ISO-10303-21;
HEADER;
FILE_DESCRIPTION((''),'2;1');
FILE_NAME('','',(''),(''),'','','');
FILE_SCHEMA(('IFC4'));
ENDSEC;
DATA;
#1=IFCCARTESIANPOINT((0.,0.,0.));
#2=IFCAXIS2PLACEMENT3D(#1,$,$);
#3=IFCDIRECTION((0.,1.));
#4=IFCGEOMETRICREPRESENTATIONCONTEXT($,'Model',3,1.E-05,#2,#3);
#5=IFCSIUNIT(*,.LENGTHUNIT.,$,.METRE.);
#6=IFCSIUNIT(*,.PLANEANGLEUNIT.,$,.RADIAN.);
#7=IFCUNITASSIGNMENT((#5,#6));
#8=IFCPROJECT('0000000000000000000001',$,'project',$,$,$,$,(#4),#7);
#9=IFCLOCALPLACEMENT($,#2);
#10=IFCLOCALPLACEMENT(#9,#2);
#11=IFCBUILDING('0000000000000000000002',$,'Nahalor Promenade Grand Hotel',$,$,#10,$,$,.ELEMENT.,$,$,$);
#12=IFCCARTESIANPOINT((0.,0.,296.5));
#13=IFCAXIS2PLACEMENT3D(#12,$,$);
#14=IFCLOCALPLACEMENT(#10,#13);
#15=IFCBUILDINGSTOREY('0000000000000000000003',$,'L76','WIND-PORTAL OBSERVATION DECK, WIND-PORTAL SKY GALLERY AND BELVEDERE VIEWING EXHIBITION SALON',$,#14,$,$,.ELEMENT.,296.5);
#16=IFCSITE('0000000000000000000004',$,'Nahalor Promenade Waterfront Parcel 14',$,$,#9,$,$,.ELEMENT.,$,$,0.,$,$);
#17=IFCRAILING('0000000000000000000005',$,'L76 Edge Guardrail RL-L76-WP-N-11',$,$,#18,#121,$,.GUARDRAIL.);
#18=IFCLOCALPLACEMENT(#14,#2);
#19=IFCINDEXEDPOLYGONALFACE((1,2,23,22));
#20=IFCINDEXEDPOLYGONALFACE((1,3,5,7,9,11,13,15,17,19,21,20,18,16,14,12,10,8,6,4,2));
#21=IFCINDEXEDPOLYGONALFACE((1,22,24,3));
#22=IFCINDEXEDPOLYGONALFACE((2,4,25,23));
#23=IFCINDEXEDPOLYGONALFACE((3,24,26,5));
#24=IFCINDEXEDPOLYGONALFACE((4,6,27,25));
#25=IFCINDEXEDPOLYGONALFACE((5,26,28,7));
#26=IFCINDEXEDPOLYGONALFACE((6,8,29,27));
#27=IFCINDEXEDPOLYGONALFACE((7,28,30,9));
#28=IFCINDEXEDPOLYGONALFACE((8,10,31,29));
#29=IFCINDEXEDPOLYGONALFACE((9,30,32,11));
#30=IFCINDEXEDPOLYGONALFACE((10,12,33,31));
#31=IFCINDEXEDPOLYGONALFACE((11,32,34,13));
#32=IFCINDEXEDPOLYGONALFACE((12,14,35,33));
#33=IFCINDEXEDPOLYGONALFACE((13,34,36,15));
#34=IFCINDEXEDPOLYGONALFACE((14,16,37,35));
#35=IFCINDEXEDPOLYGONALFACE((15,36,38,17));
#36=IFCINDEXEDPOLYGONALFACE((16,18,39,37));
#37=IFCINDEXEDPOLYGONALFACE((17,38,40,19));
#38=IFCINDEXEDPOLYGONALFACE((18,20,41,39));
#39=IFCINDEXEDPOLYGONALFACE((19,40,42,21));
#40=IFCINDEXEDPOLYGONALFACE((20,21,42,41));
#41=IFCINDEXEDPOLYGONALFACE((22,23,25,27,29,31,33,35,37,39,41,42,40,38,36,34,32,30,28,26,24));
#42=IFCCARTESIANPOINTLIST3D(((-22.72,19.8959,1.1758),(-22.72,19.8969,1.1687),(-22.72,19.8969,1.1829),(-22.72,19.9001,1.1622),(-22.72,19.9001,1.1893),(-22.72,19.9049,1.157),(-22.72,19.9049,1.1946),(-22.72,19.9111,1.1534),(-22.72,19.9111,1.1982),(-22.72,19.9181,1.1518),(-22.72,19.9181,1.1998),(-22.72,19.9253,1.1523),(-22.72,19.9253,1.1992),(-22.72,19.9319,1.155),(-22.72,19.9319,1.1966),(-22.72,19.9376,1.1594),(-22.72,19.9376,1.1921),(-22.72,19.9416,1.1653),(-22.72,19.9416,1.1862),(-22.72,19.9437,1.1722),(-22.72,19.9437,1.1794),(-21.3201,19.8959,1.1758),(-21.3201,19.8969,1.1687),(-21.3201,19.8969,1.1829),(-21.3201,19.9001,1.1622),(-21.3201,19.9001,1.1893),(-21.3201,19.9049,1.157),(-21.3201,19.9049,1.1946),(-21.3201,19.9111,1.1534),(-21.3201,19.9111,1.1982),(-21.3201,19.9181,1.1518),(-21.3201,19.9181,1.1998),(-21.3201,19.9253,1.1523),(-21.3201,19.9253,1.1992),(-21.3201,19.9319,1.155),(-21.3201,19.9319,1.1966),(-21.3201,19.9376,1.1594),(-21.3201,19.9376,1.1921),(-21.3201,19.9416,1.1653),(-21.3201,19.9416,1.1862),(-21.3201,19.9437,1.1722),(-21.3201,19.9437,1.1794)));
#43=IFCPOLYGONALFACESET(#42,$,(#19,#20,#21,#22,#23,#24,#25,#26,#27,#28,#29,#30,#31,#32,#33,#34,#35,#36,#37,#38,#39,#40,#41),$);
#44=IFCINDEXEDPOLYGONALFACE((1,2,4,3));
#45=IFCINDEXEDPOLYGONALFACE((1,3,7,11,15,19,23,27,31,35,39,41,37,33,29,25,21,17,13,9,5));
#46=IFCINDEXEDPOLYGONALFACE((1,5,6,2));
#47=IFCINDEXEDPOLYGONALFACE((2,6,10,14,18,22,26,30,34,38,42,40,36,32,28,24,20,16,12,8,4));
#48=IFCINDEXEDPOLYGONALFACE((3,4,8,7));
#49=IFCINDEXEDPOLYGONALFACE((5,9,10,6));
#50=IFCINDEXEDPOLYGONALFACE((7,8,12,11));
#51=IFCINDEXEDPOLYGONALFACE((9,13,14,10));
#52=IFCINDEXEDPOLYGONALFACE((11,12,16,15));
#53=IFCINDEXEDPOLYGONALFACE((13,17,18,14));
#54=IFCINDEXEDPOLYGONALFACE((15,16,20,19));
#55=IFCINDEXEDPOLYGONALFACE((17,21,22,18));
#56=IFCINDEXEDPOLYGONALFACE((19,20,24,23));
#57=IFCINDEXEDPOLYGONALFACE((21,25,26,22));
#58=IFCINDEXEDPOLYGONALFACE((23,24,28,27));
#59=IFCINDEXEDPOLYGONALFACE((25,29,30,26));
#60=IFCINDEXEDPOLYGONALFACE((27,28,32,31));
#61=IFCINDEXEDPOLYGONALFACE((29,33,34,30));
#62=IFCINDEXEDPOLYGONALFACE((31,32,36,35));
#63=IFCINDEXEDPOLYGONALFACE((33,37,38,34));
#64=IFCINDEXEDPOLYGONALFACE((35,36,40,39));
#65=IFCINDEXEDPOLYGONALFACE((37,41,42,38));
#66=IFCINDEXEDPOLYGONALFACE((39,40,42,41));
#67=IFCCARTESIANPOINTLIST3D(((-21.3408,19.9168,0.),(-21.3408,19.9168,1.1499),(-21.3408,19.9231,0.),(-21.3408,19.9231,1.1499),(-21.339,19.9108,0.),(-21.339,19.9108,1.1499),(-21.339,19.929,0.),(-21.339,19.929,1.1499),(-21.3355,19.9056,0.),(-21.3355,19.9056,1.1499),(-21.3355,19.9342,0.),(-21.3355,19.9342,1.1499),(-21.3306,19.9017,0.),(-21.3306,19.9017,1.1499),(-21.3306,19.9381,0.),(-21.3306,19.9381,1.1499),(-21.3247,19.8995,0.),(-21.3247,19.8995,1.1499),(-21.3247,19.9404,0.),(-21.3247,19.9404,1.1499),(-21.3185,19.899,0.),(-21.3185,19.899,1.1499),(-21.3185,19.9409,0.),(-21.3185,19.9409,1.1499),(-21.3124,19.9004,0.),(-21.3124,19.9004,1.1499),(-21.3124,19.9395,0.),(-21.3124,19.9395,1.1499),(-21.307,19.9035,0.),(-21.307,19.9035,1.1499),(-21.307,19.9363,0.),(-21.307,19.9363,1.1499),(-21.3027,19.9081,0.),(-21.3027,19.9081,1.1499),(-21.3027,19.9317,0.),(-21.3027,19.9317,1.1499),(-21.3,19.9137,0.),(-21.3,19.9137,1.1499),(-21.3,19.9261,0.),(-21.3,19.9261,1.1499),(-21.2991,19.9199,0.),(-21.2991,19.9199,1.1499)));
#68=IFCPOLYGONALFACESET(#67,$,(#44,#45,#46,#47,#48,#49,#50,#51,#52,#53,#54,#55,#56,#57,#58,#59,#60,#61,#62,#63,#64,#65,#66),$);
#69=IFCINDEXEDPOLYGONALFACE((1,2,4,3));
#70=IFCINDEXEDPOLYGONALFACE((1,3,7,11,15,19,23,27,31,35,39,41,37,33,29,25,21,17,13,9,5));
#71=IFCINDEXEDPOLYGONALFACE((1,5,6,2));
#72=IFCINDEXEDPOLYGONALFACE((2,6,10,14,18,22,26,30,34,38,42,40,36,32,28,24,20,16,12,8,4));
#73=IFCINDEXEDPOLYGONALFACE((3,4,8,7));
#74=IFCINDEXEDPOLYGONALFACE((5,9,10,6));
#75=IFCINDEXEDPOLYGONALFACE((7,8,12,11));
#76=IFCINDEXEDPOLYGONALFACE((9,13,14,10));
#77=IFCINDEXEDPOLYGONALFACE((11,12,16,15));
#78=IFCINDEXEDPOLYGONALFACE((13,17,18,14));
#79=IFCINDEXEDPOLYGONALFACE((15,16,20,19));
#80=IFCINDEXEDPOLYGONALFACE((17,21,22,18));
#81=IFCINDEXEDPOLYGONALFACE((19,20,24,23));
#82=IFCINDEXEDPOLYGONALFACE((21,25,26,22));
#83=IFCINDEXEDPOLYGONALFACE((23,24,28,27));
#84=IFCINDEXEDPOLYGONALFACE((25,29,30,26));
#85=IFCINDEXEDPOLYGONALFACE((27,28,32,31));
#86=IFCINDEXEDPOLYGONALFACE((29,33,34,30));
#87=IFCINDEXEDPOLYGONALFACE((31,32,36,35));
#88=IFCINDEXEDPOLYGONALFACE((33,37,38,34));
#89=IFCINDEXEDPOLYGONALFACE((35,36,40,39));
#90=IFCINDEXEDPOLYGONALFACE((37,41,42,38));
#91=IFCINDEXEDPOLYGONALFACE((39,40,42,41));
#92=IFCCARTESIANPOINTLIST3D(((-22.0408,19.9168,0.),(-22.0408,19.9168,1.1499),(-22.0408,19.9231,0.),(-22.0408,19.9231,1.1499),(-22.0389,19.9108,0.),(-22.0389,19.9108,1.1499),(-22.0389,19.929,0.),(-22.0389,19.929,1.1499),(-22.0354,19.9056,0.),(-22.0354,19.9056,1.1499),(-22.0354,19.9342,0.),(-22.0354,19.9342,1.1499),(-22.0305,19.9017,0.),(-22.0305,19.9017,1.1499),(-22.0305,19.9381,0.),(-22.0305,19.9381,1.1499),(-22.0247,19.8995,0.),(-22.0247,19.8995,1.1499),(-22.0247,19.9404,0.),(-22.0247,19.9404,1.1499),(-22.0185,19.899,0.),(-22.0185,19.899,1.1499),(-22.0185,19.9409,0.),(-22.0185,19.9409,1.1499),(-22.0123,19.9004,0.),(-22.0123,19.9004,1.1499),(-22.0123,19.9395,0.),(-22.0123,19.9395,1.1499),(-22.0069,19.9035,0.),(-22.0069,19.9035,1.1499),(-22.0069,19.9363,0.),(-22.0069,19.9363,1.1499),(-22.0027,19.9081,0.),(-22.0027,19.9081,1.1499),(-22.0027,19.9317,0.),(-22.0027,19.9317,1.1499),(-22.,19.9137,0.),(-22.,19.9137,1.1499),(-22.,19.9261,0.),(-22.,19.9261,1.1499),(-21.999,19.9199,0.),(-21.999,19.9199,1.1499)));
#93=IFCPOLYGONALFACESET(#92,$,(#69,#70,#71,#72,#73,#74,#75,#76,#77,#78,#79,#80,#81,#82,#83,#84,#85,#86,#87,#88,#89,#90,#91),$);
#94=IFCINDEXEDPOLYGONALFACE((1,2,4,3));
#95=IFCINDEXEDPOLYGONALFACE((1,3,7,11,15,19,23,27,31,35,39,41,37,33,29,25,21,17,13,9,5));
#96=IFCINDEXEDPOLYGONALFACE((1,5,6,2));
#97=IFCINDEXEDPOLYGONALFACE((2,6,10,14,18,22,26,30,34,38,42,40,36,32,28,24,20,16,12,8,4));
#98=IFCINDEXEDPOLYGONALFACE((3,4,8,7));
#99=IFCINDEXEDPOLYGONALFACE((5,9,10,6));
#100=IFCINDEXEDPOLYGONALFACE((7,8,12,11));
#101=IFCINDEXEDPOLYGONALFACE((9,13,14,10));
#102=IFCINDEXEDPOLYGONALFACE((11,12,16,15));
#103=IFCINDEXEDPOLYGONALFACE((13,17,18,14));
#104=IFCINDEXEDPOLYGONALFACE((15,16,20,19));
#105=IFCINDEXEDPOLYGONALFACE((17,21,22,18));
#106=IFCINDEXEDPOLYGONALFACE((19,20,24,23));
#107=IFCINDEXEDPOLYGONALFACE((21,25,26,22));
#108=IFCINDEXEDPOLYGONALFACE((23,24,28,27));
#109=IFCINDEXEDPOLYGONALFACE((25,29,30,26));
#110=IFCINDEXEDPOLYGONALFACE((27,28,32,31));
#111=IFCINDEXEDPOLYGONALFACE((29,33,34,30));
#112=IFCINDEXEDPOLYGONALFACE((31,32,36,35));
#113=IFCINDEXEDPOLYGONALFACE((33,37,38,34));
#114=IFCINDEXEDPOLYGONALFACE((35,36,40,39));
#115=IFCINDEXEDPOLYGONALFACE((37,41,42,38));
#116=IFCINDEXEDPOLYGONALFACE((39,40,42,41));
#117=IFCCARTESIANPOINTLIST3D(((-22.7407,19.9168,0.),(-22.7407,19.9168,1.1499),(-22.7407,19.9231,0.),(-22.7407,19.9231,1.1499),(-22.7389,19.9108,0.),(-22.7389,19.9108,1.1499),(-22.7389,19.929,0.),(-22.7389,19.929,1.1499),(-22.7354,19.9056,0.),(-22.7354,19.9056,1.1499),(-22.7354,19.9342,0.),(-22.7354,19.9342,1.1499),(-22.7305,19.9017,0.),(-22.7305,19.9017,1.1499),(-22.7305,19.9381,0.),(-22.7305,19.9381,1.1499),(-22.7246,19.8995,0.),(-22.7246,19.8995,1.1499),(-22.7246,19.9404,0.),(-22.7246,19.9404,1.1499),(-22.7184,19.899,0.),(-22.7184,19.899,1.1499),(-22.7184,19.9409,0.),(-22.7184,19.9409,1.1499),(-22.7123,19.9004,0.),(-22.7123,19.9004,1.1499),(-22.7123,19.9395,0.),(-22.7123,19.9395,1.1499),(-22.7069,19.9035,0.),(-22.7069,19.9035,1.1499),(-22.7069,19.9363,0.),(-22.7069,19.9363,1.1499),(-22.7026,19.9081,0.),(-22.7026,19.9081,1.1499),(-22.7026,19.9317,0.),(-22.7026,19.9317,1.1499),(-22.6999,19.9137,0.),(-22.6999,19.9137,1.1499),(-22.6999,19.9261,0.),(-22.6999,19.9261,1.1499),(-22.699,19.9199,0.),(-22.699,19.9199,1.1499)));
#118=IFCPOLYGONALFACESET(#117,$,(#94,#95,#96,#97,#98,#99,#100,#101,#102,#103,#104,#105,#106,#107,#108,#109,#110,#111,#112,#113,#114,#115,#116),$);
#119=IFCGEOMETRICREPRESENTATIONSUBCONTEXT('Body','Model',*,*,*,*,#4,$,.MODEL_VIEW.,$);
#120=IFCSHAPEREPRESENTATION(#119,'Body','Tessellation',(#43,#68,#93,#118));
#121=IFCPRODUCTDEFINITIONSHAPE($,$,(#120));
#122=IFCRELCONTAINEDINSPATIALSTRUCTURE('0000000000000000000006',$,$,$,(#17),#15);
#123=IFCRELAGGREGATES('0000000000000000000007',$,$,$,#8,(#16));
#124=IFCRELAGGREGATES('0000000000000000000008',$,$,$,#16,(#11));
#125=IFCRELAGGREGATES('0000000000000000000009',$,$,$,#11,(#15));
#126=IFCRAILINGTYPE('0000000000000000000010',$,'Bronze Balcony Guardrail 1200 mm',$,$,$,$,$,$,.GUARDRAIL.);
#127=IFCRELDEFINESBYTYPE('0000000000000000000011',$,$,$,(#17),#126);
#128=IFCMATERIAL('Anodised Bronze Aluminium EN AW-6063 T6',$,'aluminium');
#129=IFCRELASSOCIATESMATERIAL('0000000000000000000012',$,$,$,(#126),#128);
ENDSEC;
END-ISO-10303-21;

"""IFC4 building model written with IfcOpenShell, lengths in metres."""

from ifc_helpers import new_model, si_unit, direction, frame, origin, origin_2d, place, context, subcontext, project, spatial, circle, extrude, material, type_object, element, save


model = new_model("IFC4")

# Units and contexts
model_context = context("Model", 3, precision=1e-05, world=origin(), true_north=direction((0.0, 1.0)))
body_context = subcontext(model_context, "Body", "Model", "MODEL_VIEW")
ifc_project = project(units=[si_unit("LENGTHUNIT", "METRE"), si_unit("PLANEANGLEUNIT", "RADIAN")], contexts=[model_context])

# Site, building, storey
site_placement = place(None, origin())
site = spatial("IfcSite", under=ifc_project, at=site_placement, Name="Nahalor Promenade Waterfront Parcel 14", CompositionType="ELEMENT", RefElevation=0.0)
building_placement = place(site_placement, origin())
building = spatial("IfcBuilding", under=site, at=building_placement, Name="Nahalor Promenade Grand Hotel", CompositionType="ELEMENT")
storey_placement = place(building_placement, frame((0.0, 0.0, 296.5)))
storey = spatial("IfcBuildingStorey", under=building, at=storey_placement, Name="L76", Description="WIND-PORTAL OBSERVATION DECK, WIND-PORTAL SKY GALLERY AND BELVEDERE VIEWING EXHIBITION SALON", CompositionType="ELEMENT", Elevation=296.5)

# Railing
ifc_material_1 = material(Name="Anodised Bronze Aluminium EN AW-6063 T6", Category="aluminium")
railing_type = type_object("IfcRailingType", Name="Bronze Balcony Guardrail 1200 mm", PredefinedType="GUARDRAIL", material=ifc_material_1)
railing_1_placement = place(storey_placement, frame((-21.3201, 19.9199, 0.0)))
element("IfcRailing", 1, at=railing_1_placement, inside=storey, type_object=railing_type, Name="L76 Edge Guardrail RL-L76-WP-N-11", PredefinedType="GUARDRAIL", context=body_context, shape_type="SweptSolid", body=[
    extrude(circle(Radius=0.024, at=origin_2d()), frame((0.0, 0.0, 1.1758), z_axis=(-1.0, 0.0, 0.0), x_axis=(0.0, -1.0, 0.0)), (0.0, 0.0, 1.0), 1.3999),
    extrude(circle(Radius=0.021, at=origin_2d()), origin(), (0.0, 0.0, 1.0), 1.1499),
    extrude(circle(Radius=0.021, at=origin_2d()), frame((-0.7, 0.0, 0.0)), (0.0, 0.0, 1.0), 1.1499),
    extrude(circle(Radius=0.021, at=origin_2d()), frame((-1.3999, 0.0, 0.0)), (0.0, 0.0, 1.0), 1.1499),
])

save(model, "model.ifc")
